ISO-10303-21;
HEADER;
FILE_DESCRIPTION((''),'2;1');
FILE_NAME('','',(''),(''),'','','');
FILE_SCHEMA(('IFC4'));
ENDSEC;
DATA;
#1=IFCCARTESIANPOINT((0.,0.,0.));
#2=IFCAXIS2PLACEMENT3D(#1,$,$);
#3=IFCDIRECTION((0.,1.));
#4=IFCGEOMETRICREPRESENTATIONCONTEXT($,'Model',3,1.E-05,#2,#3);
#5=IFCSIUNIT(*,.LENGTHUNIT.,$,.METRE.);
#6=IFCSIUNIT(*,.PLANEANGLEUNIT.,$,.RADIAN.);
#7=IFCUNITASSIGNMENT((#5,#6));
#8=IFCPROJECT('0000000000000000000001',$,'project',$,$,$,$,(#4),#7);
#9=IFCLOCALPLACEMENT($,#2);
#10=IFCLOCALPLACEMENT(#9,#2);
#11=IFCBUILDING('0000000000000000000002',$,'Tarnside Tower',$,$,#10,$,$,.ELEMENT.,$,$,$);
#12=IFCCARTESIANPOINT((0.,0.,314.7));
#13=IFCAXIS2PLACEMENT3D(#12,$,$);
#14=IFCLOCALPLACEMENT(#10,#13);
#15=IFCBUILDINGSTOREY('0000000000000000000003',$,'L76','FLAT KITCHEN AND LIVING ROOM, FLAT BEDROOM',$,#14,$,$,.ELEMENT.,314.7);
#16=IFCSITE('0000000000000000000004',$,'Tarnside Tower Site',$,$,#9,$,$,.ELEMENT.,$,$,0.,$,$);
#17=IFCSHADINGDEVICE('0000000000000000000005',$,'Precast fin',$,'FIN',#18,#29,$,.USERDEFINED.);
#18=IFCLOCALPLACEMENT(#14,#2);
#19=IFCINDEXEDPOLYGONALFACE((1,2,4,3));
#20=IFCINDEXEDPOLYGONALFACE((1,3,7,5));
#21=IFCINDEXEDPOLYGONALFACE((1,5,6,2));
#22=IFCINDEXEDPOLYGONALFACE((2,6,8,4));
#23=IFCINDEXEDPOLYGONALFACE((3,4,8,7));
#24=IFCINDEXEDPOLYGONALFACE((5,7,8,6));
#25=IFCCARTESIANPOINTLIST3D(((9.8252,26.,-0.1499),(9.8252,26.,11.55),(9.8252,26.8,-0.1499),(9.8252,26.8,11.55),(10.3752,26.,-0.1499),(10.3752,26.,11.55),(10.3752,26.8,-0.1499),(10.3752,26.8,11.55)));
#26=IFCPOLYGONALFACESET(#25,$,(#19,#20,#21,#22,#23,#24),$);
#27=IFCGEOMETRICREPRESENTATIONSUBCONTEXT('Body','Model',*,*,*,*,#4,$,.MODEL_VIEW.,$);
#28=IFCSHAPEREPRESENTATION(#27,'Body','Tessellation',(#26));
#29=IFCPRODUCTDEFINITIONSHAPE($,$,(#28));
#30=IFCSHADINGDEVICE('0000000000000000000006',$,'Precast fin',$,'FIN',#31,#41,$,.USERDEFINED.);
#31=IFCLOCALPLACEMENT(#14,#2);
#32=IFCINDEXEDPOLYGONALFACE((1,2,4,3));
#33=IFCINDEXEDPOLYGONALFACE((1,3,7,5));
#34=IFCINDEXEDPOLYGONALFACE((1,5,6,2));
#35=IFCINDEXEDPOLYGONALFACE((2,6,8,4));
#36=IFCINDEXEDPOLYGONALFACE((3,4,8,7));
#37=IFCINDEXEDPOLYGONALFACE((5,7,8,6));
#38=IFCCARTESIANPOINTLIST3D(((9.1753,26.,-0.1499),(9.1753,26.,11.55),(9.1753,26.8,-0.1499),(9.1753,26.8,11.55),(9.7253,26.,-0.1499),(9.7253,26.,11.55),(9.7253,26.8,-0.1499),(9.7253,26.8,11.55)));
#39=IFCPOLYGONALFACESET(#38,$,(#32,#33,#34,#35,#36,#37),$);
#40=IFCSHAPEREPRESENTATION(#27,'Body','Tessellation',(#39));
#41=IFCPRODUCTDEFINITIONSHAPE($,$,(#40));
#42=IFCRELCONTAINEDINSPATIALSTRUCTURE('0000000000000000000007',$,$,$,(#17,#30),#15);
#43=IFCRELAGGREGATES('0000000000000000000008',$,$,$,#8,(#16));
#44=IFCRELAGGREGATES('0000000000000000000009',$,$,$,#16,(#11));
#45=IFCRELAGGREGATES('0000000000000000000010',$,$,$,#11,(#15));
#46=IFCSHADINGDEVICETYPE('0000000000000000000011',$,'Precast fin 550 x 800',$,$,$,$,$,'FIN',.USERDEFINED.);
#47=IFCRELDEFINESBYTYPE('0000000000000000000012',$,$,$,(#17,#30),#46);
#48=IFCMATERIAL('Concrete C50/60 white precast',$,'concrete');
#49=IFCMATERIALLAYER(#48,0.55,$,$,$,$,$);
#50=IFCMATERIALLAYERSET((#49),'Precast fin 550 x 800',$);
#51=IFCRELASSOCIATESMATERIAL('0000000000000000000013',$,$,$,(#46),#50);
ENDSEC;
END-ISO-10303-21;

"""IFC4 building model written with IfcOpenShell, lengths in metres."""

from ifc_helpers import new_model, si_unit, direction, frame, origin, place, context, subcontext, project, spatial, polyline, outline, extrude, material, layer, layer_set, type_object, element, save


model = new_model("IFC4")

# Units and contexts
model_context = context("Model", 3, precision=1e-05, world=origin(), true_north=direction((0.0, 1.0)))
body_context = subcontext(model_context, "Body", "Model", "MODEL_VIEW")
ifc_project = project(units=[si_unit("LENGTHUNIT", "METRE"), si_unit("PLANEANGLEUNIT", "RADIAN")], contexts=[model_context])

# Site, building, storey
site_placement = place(None, origin())
site = spatial("IfcSite", under=ifc_project, at=site_placement, Name="Tarnside Tower Site", CompositionType="ELEMENT", RefElevation=0.0)
building_placement = place(site_placement, origin())
building = spatial("IfcBuilding", under=site, at=building_placement, Name="Tarnside Tower", CompositionType="ELEMENT")
storey_placement = place(building_placement, frame((0.0, 0.0, 314.7)))
storey = spatial("IfcBuildingStorey", under=building, at=storey_placement, Name="L76", Description="FLAT KITCHEN AND LIVING ROOM, FLAT BEDROOM", CompositionType="ELEMENT", Elevation=314.7)

# Shading devices
ifc_material_1 = material(Name="Concrete C50/60 white precast", Category="concrete")
ifc_layer_1 = layer(ifc_material_1, 0.55)
ifc_layer_set_1 = layer_set([ifc_layer_1], Name="Precast fin 550 x 800")
shading_device_type_1 = type_object("IfcShadingDeviceType", Name="Precast fin 550 x 800", ElementType="FIN", PredefinedType="USERDEFINED", material=ifc_layer_set_1)
for number, where, z_axis, x_axis, name in (
    (1, (10.1001, 26.0, -0.1499), (1.0, 0.0, 0.0), (0.0, 1.0, 0.0), "Precast fin"),
    (2, (9.4502, 26.0, -0.1499), (1.0, 0.0, 0.0), (0.0, 1.0, 0.0), "Precast fin"),
):
    element("IfcShadingDevice", number, at=place(storey_placement, frame(where, z_axis=z_axis, x_axis=x_axis)), inside=storey, type_object=shading_device_type_1, Name=name, ObjectType="FIN", PredefinedType="USERDEFINED", context=body_context, shape_type="SweptSolid", body=[
        extrude(outline(polyline([(0.0, 0.0), (0.8, 0.0), (0.8, 11.7), (0.0, 11.7), (0.0, 0.0)])), frame((0.0, 0.0, -0.2749)), (0.0, 0.0, 1.0), 0.55),
    ])

save(model, "model.ifc")
